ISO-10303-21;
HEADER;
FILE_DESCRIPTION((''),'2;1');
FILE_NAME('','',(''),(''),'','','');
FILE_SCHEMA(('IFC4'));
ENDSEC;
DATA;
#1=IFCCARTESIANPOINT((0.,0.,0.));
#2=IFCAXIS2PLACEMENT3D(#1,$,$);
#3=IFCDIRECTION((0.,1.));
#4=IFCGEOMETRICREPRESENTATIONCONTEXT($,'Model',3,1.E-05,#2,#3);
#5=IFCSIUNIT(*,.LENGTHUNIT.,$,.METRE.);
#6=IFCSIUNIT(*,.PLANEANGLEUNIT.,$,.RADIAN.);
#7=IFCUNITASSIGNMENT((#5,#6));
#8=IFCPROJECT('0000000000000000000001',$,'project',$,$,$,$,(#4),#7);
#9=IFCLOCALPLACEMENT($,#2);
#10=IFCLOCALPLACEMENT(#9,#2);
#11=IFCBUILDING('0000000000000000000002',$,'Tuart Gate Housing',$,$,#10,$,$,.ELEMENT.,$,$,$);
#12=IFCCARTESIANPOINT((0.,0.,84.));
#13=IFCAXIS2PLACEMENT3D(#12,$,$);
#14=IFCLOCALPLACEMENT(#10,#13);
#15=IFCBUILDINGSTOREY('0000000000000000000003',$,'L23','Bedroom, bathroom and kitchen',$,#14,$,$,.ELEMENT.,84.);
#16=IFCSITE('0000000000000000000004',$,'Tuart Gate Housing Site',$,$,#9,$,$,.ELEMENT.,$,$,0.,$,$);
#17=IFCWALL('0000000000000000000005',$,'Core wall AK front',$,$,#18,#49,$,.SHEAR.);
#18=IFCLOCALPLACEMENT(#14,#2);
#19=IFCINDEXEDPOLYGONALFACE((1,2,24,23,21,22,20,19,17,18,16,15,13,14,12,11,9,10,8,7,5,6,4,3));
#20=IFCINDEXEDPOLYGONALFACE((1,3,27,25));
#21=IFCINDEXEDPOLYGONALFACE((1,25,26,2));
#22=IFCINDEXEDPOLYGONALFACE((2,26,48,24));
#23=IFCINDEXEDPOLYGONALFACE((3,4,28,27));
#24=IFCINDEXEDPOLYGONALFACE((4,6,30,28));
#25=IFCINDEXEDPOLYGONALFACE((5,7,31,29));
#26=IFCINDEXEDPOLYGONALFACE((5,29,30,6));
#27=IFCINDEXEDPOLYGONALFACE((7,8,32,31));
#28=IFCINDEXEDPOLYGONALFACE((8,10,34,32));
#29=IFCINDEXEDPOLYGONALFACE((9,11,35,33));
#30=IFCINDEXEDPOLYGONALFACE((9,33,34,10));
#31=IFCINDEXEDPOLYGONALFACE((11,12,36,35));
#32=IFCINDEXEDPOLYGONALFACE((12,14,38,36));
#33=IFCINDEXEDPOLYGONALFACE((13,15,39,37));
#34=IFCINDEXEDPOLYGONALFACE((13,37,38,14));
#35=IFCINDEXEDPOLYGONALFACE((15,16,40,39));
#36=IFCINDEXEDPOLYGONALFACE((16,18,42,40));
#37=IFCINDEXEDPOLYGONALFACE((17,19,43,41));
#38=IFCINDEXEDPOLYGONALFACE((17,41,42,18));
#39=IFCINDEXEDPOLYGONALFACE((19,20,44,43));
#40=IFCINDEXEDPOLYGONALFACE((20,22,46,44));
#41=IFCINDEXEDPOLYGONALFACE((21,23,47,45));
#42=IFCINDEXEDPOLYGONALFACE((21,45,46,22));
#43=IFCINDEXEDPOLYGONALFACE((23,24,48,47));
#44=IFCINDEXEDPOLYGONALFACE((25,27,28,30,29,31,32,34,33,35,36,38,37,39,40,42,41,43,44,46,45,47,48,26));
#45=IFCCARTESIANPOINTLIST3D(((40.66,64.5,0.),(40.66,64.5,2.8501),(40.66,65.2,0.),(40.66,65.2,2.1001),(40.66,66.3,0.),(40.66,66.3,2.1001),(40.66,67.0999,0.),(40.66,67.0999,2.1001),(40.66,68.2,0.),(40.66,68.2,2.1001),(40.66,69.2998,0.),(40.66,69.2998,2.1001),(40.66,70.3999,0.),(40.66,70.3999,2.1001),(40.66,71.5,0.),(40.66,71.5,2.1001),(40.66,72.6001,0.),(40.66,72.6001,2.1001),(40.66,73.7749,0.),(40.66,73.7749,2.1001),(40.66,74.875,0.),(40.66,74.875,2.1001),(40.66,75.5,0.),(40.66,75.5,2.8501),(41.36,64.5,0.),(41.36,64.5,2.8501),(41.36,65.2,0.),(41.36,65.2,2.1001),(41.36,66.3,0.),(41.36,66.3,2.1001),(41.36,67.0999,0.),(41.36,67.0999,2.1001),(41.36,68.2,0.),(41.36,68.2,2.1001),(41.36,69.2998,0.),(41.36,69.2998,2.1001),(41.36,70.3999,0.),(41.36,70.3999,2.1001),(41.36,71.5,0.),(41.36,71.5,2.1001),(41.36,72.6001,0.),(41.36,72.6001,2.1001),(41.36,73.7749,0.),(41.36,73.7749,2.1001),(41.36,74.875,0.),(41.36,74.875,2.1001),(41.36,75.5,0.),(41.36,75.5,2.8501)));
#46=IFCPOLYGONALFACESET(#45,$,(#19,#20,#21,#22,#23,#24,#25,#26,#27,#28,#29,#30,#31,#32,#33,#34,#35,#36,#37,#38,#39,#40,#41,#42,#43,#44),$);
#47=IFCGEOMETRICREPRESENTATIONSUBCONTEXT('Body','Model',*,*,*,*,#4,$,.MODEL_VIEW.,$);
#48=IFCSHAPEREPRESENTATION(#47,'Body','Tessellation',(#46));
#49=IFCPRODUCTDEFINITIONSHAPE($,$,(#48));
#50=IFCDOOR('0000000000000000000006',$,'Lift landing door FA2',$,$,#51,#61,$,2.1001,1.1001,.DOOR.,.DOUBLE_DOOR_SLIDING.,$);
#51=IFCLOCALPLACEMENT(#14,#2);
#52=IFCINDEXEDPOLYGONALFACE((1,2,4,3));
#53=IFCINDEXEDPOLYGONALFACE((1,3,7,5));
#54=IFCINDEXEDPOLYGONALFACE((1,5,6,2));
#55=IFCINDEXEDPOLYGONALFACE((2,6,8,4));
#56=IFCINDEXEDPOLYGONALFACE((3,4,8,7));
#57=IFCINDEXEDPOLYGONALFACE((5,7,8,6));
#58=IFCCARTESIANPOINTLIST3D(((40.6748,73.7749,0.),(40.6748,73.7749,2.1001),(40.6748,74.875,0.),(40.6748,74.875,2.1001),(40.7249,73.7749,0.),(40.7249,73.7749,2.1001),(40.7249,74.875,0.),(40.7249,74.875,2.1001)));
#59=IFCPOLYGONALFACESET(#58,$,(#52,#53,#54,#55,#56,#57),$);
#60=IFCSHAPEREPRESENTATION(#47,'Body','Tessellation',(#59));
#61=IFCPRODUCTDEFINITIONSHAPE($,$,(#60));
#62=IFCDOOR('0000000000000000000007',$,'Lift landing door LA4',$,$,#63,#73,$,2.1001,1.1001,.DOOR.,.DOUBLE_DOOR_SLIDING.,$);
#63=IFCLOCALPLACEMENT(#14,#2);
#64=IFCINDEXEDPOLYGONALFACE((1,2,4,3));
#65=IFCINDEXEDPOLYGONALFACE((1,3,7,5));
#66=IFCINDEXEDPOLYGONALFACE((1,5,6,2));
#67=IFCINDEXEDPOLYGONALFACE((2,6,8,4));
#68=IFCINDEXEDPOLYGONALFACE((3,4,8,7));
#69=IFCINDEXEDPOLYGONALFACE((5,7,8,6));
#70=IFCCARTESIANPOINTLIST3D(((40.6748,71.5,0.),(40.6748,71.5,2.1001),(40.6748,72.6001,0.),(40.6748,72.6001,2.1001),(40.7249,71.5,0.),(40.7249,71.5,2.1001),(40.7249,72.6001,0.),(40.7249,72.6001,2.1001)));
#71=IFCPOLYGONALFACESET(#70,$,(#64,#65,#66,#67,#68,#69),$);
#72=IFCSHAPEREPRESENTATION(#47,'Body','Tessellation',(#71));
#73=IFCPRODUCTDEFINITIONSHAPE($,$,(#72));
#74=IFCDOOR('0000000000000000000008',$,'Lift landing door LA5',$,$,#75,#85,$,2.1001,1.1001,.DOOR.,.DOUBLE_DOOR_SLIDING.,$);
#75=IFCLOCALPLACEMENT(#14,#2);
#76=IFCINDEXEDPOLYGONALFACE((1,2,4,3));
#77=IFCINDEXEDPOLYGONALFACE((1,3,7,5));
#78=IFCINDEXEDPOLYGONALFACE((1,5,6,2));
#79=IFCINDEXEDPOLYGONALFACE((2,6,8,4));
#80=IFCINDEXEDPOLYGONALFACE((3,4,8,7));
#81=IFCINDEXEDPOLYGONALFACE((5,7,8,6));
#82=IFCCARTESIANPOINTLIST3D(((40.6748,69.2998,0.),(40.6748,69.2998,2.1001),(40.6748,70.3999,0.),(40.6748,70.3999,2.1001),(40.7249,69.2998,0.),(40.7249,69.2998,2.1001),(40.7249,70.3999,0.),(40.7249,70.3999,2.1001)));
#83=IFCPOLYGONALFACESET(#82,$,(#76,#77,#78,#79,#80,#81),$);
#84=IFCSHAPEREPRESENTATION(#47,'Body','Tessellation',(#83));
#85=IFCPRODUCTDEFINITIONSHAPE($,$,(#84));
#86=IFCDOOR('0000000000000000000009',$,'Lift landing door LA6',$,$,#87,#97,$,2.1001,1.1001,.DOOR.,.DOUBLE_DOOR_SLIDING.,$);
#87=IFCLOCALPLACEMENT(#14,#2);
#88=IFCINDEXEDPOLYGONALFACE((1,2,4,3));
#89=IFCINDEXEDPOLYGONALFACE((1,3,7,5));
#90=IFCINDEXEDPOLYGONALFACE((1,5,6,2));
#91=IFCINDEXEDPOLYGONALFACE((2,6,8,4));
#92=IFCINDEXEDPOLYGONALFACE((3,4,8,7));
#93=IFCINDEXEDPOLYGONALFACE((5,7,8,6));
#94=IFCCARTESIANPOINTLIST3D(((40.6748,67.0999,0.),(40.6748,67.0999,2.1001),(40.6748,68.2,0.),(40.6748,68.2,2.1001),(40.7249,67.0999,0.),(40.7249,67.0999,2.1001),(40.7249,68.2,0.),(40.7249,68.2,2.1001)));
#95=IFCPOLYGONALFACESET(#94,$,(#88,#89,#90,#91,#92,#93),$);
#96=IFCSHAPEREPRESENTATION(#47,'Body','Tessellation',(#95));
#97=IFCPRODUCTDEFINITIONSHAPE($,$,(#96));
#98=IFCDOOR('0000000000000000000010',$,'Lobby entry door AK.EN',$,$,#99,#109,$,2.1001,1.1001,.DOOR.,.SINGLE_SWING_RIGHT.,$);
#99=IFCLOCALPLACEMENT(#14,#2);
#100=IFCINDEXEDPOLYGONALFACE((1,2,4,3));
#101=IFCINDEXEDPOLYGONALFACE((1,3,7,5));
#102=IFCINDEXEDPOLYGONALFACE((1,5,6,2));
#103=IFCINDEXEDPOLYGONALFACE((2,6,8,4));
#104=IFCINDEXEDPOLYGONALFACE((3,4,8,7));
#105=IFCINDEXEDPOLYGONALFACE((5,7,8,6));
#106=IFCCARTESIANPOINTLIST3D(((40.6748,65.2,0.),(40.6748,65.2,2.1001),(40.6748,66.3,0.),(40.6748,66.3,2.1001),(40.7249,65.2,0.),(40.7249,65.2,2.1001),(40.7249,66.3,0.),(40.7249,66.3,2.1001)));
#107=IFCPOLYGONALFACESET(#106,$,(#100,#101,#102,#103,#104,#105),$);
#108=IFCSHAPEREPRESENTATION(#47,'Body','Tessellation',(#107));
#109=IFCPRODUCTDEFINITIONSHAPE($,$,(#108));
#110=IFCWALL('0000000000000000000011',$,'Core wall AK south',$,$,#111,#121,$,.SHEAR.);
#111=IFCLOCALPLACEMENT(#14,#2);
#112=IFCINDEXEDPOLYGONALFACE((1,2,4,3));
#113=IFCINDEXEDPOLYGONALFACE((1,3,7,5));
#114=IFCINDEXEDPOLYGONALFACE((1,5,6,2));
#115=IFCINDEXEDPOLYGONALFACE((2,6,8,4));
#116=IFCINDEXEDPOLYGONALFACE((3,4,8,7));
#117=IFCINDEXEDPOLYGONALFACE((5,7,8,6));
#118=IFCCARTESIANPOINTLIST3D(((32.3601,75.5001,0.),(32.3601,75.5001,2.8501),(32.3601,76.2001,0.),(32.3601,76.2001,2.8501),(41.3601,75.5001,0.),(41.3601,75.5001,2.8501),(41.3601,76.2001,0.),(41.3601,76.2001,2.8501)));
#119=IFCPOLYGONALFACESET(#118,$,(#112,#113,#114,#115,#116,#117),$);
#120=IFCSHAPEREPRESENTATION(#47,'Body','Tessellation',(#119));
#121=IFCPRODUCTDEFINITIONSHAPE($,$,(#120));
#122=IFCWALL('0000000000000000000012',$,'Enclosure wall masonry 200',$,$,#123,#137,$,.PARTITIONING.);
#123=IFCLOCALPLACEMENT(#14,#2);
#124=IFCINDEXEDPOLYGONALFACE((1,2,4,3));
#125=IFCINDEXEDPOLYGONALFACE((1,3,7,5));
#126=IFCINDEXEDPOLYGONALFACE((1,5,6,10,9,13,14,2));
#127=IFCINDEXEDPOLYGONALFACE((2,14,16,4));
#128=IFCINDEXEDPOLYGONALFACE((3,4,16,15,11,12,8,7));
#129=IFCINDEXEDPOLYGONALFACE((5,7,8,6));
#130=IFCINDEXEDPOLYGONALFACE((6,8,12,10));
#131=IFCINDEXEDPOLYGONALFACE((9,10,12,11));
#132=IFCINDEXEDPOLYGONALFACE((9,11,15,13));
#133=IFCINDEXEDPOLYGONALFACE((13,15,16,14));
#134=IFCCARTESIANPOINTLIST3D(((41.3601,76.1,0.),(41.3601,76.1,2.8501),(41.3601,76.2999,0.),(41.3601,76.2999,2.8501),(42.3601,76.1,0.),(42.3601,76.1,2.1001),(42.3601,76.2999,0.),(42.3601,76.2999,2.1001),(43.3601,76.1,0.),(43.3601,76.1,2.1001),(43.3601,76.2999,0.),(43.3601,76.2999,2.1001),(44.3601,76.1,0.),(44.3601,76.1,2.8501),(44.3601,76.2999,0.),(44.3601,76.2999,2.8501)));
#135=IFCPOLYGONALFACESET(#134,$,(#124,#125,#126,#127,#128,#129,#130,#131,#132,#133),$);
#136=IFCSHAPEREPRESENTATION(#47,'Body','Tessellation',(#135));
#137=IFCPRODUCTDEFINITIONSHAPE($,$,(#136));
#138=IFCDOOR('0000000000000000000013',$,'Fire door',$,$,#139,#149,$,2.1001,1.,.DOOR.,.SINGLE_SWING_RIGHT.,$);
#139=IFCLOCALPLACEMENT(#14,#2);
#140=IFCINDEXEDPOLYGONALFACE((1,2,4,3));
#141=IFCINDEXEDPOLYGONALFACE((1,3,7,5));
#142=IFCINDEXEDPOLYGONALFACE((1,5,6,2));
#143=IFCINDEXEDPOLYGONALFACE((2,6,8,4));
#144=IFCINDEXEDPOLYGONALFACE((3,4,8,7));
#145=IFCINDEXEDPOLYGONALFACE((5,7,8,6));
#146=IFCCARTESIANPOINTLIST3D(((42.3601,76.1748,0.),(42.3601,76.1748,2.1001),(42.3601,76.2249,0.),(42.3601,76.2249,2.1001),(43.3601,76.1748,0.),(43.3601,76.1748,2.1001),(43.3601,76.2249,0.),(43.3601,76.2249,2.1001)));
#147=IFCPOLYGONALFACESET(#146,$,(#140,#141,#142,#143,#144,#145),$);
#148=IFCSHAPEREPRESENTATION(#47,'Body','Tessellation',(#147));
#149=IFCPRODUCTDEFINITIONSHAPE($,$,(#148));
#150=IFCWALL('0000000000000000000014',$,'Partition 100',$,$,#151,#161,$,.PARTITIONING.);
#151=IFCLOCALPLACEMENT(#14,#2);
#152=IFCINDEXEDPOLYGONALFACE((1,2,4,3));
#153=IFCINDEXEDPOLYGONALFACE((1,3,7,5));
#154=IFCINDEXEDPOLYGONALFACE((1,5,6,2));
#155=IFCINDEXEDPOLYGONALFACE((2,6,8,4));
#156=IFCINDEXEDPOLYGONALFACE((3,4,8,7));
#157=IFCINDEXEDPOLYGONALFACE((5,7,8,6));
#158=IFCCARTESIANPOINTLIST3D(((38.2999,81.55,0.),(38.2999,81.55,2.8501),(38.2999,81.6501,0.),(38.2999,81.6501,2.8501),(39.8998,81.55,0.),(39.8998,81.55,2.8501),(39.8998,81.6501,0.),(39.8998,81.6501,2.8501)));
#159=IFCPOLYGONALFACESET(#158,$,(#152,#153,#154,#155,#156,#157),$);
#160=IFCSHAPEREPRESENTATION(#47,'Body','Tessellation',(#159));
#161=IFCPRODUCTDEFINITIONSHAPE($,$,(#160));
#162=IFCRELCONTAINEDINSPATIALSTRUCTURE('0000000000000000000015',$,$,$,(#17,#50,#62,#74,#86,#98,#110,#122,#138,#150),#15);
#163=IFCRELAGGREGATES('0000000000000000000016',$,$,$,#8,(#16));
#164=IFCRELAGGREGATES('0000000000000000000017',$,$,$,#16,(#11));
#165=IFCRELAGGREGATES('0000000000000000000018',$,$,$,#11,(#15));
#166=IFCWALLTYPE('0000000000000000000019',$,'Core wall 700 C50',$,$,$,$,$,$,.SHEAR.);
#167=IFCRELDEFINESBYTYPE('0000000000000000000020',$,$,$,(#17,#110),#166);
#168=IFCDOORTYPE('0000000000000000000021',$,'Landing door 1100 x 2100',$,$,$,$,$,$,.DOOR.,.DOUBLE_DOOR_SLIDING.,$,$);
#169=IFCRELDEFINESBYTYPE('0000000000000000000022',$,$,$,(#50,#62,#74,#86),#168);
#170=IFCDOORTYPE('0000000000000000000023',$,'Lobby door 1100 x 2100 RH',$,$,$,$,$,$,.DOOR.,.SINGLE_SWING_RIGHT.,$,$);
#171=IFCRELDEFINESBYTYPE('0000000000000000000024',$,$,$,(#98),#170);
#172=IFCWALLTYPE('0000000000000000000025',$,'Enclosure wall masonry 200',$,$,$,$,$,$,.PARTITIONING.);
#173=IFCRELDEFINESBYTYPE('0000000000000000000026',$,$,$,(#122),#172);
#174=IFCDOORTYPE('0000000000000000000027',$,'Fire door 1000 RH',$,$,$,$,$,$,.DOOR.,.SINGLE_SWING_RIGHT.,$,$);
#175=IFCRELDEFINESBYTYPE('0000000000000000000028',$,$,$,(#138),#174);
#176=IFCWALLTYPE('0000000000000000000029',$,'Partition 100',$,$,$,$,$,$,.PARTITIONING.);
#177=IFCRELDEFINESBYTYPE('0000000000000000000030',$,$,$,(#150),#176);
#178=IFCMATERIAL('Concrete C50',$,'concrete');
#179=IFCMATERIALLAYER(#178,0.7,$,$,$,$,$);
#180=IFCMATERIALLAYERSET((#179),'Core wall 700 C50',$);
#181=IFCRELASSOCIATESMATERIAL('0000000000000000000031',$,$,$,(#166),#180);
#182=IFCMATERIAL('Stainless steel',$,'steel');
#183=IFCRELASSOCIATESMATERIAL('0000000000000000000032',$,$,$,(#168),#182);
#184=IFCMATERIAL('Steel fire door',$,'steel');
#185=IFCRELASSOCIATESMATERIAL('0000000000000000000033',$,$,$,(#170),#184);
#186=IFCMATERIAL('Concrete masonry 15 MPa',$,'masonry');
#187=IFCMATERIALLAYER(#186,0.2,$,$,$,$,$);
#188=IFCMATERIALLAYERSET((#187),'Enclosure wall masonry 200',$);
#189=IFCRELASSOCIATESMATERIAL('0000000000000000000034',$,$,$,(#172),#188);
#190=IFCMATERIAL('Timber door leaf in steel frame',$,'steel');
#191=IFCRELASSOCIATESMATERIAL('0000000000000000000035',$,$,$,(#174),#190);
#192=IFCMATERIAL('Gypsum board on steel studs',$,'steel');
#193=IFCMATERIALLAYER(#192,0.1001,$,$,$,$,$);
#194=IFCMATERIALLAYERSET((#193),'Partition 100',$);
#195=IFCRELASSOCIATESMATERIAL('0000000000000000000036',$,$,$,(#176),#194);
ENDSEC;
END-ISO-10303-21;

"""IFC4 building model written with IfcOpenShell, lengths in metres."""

from ifc_helpers import new_model, si_unit, direction, frame, frame_2d, origin, place, context, subcontext, project, spatial, rectangle, extrude, material, layer, layer_set, type_object, element, fill, save


model = new_model("IFC4")

# Units and contexts
model_context = context("Model", 3, precision=1e-05, world=origin(), true_north=direction((0.0, 1.0)))
body_context = subcontext(model_context, "Body", "Model", "MODEL_VIEW")
ifc_project = project(units=[si_unit("LENGTHUNIT", "METRE"), si_unit("PLANEANGLEUNIT", "RADIAN")], contexts=[model_context])

# Site, building, storey
site_placement = place(None, origin())
site = spatial("IfcSite", under=ifc_project, at=site_placement, Name="Tuart Gate Housing Site", CompositionType="ELEMENT", RefElevation=0.0)
building_placement = place(site_placement, origin())
building = spatial("IfcBuilding", under=site, at=building_placement, Name="Tuart Gate Housing", CompositionType="ELEMENT")
storey_placement = place(building_placement, frame((0.0, 0.0, 84.0)))
storey = spatial("IfcBuildingStorey", under=building, at=storey_placement, Name="L23", Description="Bedroom, bathroom and kitchen", CompositionType="ELEMENT", Elevation=84.0)

# Wall, openings, doors
ifc_material_1 = material(Name="Concrete C50", Category="concrete")
ifc_layer_1 = layer(ifc_material_1, 0.7)
ifc_layer_set_1 = layer_set([ifc_layer_1], Name="Core wall 700 C50")
wall_type_1 = type_object("IfcWallType", Name="Core wall 700 C50", PredefinedType="SHEAR", material=ifc_layer_set_1)
wall_1_placement = place(storey_placement, frame((41.01, 75.5, 0.0), z_axis=(0.0, 0.0, 1.0), x_axis=(0.0, -1.0, 0.0)))
wall_1 = element("IfcWall", 1, at=wall_1_placement, inside=storey, type_object=wall_type_1, Name="Core wall AK front", PredefinedType="SHEAR", context=body_context, shape_type="SweptSolid", body=[
    extrude(rectangle(XDim=11.0, YDim=0.7, at=frame_2d((5.5, 0.0))), origin(), (0.0, 0.0, 1.0), 2.8501),
])
opening_1_placement = place(wall_1_placement, frame((0.625, 0.0, 0.0)))
opening_1 = element("IfcOpeningElement", 2, at=opening_1_placement, cuts=wall_1, PredefinedType="OPENING", context=body_context, shape_type="SweptSolid", body=[
    extrude(rectangle(XDim=1.1001, YDim=2.1001, at=frame_2d((0.55, 1.05))), frame((0.0, 0.3599, 0.0), z_axis=(0.0, -1.0, 0.0), x_axis=(1.0, 0.0, 0.0)), (0.0, 0.0, 1.0), 0.72),
])
opening_2_placement = place(wall_1_placement, frame((2.8999, 0.0, 0.0)))
opening_2 = element("IfcOpeningElement", 3, at=opening_2_placement, cuts=wall_1, PredefinedType="OPENING", context=body_context, shape_type="SweptSolid", body=[
    extrude(rectangle(XDim=1.1001, YDim=2.1001, at=frame_2d((0.55, 1.05))), frame((0.0, 0.3599, 0.0), z_axis=(0.0, -1.0, 0.0), x_axis=(1.0, 0.0, 0.0)), (0.0, 0.0, 1.0), 0.72),
])
opening_3_placement = place(wall_1_placement, frame((5.1001, 0.0, 0.0)))
opening_3 = element("IfcOpeningElement", 4, at=opening_3_placement, cuts=wall_1, PredefinedType="OPENING", context=body_context, shape_type="SweptSolid", body=[
    extrude(rectangle(XDim=1.1001, YDim=2.1001, at=frame_2d((0.55, 1.05))), frame((0.0, 0.3599, 0.0), z_axis=(0.0, -1.0, 0.0), x_axis=(1.0, 0.0, 0.0)), (0.0, 0.0, 1.0), 0.72),
])
opening_4_placement = place(wall_1_placement, frame((7.3, 0.0, 0.0)))
opening_4 = element("IfcOpeningElement", 5, at=opening_4_placement, cuts=wall_1, PredefinedType="OPENING", context=body_context, shape_type="SweptSolid", body=[
    extrude(rectangle(XDim=1.1001, YDim=2.1001, at=frame_2d((0.55, 1.05))), frame((0.0, 0.3599, 0.0), z_axis=(0.0, -1.0, 0.0), x_axis=(1.0, 0.0, 0.0)), (0.0, 0.0, 1.0), 0.72),
])
opening_5_placement = place(wall_1_placement, frame((9.2, 0.0, 0.0)))
opening_5 = element("IfcOpeningElement", 6, at=opening_5_placement, cuts=wall_1, PredefinedType="OPENING", context=body_context, shape_type="SweptSolid", body=[
    extrude(rectangle(XDim=1.1001, YDim=2.1001, at=frame_2d((0.55, 1.05))), frame((0.0, 0.3599, 0.0), z_axis=(0.0, -1.0, 0.0), x_axis=(1.0, 0.0, 0.0)), (0.0, 0.0, 1.0), 0.72),
])
ifc_material_2 = material(Name="Stainless steel", Category="steel")
door_type_1 = type_object("IfcDoorType", Name="Landing door 1100 x 2100", OperationType="DOUBLE_DOOR_SLIDING", PredefinedType="DOOR", material=ifc_material_2)
door_1_placement = place(opening_1_placement, origin())
door_1 = element("IfcDoor", 7, at=door_1_placement, inside=storey, type_object=door_type_1, Name="Lift landing door FA2", OperationType="DOUBLE_DOOR_SLIDING", OverallHeight=2.1001, OverallWidth=1.1001, PredefinedType="DOOR", context=body_context, shape_type="SweptSolid", body=[
    extrude(rectangle(XDim=1.1001, YDim=2.1001, at=frame_2d((0.55, 1.05))), frame((0.0, -0.2852, 0.0), z_axis=(0.0, -1.0, 0.0), x_axis=(1.0, 0.0, 0.0)), (0.0, 0.0, 1.0), 0.05),
])
fill(opening_1, door_1)
door_2_placement = place(opening_2_placement, origin())
door_2 = element("IfcDoor", 8, at=door_2_placement, inside=storey, type_object=door_type_1, Name="Lift landing door LA4", OperationType="DOUBLE_DOOR_SLIDING", OverallHeight=2.1001, OverallWidth=1.1001, PredefinedType="DOOR", context=body_context, shape_type="SweptSolid", body=[
    extrude(rectangle(XDim=1.1001, YDim=2.1001, at=frame_2d((0.55, 1.05))), frame((0.0, -0.2852, 0.0), z_axis=(0.0, -1.0, 0.0), x_axis=(1.0, 0.0, 0.0)), (0.0, 0.0, 1.0), 0.05),
])
fill(opening_2, door_2)
door_3_placement = place(opening_3_placement, origin())
door_3 = element("IfcDoor", 9, at=door_3_placement, inside=storey, type_object=door_type_1, Name="Lift landing door LA5", OperationType="DOUBLE_DOOR_SLIDING", OverallHeight=2.1001, OverallWidth=1.1001, PredefinedType="DOOR", context=body_context, shape_type="SweptSolid", body=[
    extrude(rectangle(XDim=1.1001, YDim=2.1001, at=frame_2d((0.55, 1.05))), frame((0.0, -0.2852, 0.0), z_axis=(0.0, -1.0, 0.0), x_axis=(1.0, 0.0, 0.0)), (0.0, 0.0, 1.0), 0.05),
])
fill(opening_3, door_3)
door_4_placement = place(opening_4_placement, origin())
door_4 = element("IfcDoor", 10, at=door_4_placement, inside=storey, type_object=door_type_1, Name="Lift landing door LA6", OperationType="DOUBLE_DOOR_SLIDING", OverallHeight=2.1001, OverallWidth=1.1001, PredefinedType="DOOR", context=body_context, shape_type="SweptSolid", body=[
    extrude(rectangle(XDim=1.1001, YDim=2.1001, at=frame_2d((0.55, 1.05))), frame((0.0, -0.2852, 0.0), z_axis=(0.0, -1.0, 0.0), x_axis=(1.0, 0.0, 0.0)), (0.0, 0.0, 1.0), 0.05),
])
fill(opening_4, door_4)
ifc_material_3 = material(Name="Steel fire door", Category="steel")
door_type_2 = type_object("IfcDoorType", Name="Lobby door 1100 x 2100 RH", OperationType="SINGLE_SWING_RIGHT", PredefinedType="DOOR", material=ifc_material_3)
door_5_placement = place(opening_5_placement, frame((1.1001, 0.0, 0.0), z_axis=(0.0, 0.0, 1.0), x_axis=(-1.0, 0.0, 0.0)))
door_5 = element("IfcDoor", 11, at=door_5_placement, inside=storey, type_object=door_type_2, Name="Lobby entry door AK.EN", OperationType="SINGLE_SWING_RIGHT", OverallHeight=2.1001, OverallWidth=1.1001, PredefinedType="DOOR", context=body_context, shape_type="SweptSolid", body=[
    extrude(rectangle(XDim=1.1001, YDim=2.1001, at=frame_2d((0.55, 1.05))), frame((0.0, 0.3352, 0.0), z_axis=(0.0, -1.0, 0.0), x_axis=(1.0, 0.0, 0.0)), (0.0, 0.0, 1.0), 0.05),
])
fill(opening_5, door_5)

# Wall
wall_2_placement = place(storey_placement, frame((41.3601, 75.8501, 0.0), z_axis=(0.0, 0.0, 1.0), x_axis=(-1.0, 0.0, 0.0)))
element("IfcWall", 12, at=wall_2_placement, inside=storey, type_object=wall_type_1, Name="Core wall AK south", PredefinedType="SHEAR", context=body_context, shape_type="SweptSolid", body=[
    extrude(rectangle(XDim=9.0, YDim=0.7, at=frame_2d((4.5, 0.0))), origin(), (0.0, 0.0, 1.0), 2.8501),
])

# Wall, opening, door
ifc_material_4 = material(Name="Concrete masonry 15 MPa", Category="masonry")
ifc_layer_2 = layer(ifc_material_4, 0.2)
ifc_layer_set_2 = layer_set([ifc_layer_2], Name="Enclosure wall masonry 200")
wall_type_2 = type_object("IfcWallType", Name="Enclosure wall masonry 200", PredefinedType="PARTITIONING", material=ifc_layer_set_2)
wall_3_placement = place(storey_placement, frame((41.3601, 76.2, 0.0), z_axis=(0.0, 0.0, 1.0), x_axis=(1.0, 0.0, 0.0)))
wall_3 = element("IfcWall", 13, at=wall_3_placement, inside=storey, type_object=wall_type_2, Name="Enclosure wall masonry 200", PredefinedType="PARTITIONING", context=body_context, shape_type="SweptSolid", body=[
    extrude(rectangle(XDim=3.0, YDim=0.2, at=frame_2d((1.5, 0.0))), origin(), (0.0, 0.0, 1.0), 2.8501),
])
opening_6_placement = place(wall_3_placement, frame((1.0, 0.0, 0.0)))
opening_6 = element("IfcOpeningElement", 14, at=opening_6_placement, cuts=wall_3, PredefinedType="OPENING", context=body_context, shape_type="SweptSolid", body=[
    extrude(rectangle(XDim=1.0, YDim=2.1001, at=frame_2d((0.5, 1.05))), frame((0.0, 0.1099, 0.0), z_axis=(0.0, -1.0, 0.0), x_axis=(1.0, 0.0, 0.0)), (0.0, 0.0, 1.0), 0.22),
])
ifc_material_5 = material(Name="Timber door leaf in steel frame", Category="steel")
door_type_3 = type_object("IfcDoorType", Name="Fire door 1000 RH", OperationType="SINGLE_SWING_RIGHT", PredefinedType="DOOR", material=ifc_material_5)
door_6_placement = place(opening_6_placement, origin())
door_6 = element("IfcDoor", 15, at=door_6_placement, inside=storey, type_object=door_type_3, Name="Fire door", OperationType="SINGLE_SWING_RIGHT", OverallHeight=2.1001, OverallWidth=1.0, PredefinedType="DOOR", context=body_context, shape_type="SweptSolid", body=[
    extrude(rectangle(XDim=1.0, YDim=2.1001, at=frame_2d((0.5, 1.05))), frame((0.0, 0.0249, 0.0), z_axis=(0.0, -1.0, 0.0), x_axis=(1.0, 0.0, 0.0)), (0.0, 0.0, 1.0), 0.05),
])
fill(opening_6, door_6)

# Wall
ifc_material_6 = material(Name="Gypsum board on steel studs", Category="steel")
ifc_layer_3 = layer(ifc_material_6, 0.1001)
ifc_layer_set_3 = layer_set([ifc_layer_3], Name="Partition 100")
wall_type_3 = type_object("IfcWallType", Name="Partition 100", PredefinedType="PARTITIONING", material=ifc_layer_set_3)
wall_4_placement = place(storey_placement, frame((38.3, 81.6001, 0.0), z_axis=(0.0, 0.0, 1.0), x_axis=(1.0, 0.0, 0.0)))
element("IfcWall", 16, at=wall_4_placement, inside=storey, type_object=wall_type_3, Name="Partition 100", PredefinedType="PARTITIONING", context=body_context, shape_type="SweptSolid", body=[
    extrude(rectangle(XDim=1.5999, YDim=0.1001, at=frame_2d((0.7998, 0.0))), origin(), (0.0, 0.0, 1.0), 2.8501),
])

save(model, "model.ifc")
